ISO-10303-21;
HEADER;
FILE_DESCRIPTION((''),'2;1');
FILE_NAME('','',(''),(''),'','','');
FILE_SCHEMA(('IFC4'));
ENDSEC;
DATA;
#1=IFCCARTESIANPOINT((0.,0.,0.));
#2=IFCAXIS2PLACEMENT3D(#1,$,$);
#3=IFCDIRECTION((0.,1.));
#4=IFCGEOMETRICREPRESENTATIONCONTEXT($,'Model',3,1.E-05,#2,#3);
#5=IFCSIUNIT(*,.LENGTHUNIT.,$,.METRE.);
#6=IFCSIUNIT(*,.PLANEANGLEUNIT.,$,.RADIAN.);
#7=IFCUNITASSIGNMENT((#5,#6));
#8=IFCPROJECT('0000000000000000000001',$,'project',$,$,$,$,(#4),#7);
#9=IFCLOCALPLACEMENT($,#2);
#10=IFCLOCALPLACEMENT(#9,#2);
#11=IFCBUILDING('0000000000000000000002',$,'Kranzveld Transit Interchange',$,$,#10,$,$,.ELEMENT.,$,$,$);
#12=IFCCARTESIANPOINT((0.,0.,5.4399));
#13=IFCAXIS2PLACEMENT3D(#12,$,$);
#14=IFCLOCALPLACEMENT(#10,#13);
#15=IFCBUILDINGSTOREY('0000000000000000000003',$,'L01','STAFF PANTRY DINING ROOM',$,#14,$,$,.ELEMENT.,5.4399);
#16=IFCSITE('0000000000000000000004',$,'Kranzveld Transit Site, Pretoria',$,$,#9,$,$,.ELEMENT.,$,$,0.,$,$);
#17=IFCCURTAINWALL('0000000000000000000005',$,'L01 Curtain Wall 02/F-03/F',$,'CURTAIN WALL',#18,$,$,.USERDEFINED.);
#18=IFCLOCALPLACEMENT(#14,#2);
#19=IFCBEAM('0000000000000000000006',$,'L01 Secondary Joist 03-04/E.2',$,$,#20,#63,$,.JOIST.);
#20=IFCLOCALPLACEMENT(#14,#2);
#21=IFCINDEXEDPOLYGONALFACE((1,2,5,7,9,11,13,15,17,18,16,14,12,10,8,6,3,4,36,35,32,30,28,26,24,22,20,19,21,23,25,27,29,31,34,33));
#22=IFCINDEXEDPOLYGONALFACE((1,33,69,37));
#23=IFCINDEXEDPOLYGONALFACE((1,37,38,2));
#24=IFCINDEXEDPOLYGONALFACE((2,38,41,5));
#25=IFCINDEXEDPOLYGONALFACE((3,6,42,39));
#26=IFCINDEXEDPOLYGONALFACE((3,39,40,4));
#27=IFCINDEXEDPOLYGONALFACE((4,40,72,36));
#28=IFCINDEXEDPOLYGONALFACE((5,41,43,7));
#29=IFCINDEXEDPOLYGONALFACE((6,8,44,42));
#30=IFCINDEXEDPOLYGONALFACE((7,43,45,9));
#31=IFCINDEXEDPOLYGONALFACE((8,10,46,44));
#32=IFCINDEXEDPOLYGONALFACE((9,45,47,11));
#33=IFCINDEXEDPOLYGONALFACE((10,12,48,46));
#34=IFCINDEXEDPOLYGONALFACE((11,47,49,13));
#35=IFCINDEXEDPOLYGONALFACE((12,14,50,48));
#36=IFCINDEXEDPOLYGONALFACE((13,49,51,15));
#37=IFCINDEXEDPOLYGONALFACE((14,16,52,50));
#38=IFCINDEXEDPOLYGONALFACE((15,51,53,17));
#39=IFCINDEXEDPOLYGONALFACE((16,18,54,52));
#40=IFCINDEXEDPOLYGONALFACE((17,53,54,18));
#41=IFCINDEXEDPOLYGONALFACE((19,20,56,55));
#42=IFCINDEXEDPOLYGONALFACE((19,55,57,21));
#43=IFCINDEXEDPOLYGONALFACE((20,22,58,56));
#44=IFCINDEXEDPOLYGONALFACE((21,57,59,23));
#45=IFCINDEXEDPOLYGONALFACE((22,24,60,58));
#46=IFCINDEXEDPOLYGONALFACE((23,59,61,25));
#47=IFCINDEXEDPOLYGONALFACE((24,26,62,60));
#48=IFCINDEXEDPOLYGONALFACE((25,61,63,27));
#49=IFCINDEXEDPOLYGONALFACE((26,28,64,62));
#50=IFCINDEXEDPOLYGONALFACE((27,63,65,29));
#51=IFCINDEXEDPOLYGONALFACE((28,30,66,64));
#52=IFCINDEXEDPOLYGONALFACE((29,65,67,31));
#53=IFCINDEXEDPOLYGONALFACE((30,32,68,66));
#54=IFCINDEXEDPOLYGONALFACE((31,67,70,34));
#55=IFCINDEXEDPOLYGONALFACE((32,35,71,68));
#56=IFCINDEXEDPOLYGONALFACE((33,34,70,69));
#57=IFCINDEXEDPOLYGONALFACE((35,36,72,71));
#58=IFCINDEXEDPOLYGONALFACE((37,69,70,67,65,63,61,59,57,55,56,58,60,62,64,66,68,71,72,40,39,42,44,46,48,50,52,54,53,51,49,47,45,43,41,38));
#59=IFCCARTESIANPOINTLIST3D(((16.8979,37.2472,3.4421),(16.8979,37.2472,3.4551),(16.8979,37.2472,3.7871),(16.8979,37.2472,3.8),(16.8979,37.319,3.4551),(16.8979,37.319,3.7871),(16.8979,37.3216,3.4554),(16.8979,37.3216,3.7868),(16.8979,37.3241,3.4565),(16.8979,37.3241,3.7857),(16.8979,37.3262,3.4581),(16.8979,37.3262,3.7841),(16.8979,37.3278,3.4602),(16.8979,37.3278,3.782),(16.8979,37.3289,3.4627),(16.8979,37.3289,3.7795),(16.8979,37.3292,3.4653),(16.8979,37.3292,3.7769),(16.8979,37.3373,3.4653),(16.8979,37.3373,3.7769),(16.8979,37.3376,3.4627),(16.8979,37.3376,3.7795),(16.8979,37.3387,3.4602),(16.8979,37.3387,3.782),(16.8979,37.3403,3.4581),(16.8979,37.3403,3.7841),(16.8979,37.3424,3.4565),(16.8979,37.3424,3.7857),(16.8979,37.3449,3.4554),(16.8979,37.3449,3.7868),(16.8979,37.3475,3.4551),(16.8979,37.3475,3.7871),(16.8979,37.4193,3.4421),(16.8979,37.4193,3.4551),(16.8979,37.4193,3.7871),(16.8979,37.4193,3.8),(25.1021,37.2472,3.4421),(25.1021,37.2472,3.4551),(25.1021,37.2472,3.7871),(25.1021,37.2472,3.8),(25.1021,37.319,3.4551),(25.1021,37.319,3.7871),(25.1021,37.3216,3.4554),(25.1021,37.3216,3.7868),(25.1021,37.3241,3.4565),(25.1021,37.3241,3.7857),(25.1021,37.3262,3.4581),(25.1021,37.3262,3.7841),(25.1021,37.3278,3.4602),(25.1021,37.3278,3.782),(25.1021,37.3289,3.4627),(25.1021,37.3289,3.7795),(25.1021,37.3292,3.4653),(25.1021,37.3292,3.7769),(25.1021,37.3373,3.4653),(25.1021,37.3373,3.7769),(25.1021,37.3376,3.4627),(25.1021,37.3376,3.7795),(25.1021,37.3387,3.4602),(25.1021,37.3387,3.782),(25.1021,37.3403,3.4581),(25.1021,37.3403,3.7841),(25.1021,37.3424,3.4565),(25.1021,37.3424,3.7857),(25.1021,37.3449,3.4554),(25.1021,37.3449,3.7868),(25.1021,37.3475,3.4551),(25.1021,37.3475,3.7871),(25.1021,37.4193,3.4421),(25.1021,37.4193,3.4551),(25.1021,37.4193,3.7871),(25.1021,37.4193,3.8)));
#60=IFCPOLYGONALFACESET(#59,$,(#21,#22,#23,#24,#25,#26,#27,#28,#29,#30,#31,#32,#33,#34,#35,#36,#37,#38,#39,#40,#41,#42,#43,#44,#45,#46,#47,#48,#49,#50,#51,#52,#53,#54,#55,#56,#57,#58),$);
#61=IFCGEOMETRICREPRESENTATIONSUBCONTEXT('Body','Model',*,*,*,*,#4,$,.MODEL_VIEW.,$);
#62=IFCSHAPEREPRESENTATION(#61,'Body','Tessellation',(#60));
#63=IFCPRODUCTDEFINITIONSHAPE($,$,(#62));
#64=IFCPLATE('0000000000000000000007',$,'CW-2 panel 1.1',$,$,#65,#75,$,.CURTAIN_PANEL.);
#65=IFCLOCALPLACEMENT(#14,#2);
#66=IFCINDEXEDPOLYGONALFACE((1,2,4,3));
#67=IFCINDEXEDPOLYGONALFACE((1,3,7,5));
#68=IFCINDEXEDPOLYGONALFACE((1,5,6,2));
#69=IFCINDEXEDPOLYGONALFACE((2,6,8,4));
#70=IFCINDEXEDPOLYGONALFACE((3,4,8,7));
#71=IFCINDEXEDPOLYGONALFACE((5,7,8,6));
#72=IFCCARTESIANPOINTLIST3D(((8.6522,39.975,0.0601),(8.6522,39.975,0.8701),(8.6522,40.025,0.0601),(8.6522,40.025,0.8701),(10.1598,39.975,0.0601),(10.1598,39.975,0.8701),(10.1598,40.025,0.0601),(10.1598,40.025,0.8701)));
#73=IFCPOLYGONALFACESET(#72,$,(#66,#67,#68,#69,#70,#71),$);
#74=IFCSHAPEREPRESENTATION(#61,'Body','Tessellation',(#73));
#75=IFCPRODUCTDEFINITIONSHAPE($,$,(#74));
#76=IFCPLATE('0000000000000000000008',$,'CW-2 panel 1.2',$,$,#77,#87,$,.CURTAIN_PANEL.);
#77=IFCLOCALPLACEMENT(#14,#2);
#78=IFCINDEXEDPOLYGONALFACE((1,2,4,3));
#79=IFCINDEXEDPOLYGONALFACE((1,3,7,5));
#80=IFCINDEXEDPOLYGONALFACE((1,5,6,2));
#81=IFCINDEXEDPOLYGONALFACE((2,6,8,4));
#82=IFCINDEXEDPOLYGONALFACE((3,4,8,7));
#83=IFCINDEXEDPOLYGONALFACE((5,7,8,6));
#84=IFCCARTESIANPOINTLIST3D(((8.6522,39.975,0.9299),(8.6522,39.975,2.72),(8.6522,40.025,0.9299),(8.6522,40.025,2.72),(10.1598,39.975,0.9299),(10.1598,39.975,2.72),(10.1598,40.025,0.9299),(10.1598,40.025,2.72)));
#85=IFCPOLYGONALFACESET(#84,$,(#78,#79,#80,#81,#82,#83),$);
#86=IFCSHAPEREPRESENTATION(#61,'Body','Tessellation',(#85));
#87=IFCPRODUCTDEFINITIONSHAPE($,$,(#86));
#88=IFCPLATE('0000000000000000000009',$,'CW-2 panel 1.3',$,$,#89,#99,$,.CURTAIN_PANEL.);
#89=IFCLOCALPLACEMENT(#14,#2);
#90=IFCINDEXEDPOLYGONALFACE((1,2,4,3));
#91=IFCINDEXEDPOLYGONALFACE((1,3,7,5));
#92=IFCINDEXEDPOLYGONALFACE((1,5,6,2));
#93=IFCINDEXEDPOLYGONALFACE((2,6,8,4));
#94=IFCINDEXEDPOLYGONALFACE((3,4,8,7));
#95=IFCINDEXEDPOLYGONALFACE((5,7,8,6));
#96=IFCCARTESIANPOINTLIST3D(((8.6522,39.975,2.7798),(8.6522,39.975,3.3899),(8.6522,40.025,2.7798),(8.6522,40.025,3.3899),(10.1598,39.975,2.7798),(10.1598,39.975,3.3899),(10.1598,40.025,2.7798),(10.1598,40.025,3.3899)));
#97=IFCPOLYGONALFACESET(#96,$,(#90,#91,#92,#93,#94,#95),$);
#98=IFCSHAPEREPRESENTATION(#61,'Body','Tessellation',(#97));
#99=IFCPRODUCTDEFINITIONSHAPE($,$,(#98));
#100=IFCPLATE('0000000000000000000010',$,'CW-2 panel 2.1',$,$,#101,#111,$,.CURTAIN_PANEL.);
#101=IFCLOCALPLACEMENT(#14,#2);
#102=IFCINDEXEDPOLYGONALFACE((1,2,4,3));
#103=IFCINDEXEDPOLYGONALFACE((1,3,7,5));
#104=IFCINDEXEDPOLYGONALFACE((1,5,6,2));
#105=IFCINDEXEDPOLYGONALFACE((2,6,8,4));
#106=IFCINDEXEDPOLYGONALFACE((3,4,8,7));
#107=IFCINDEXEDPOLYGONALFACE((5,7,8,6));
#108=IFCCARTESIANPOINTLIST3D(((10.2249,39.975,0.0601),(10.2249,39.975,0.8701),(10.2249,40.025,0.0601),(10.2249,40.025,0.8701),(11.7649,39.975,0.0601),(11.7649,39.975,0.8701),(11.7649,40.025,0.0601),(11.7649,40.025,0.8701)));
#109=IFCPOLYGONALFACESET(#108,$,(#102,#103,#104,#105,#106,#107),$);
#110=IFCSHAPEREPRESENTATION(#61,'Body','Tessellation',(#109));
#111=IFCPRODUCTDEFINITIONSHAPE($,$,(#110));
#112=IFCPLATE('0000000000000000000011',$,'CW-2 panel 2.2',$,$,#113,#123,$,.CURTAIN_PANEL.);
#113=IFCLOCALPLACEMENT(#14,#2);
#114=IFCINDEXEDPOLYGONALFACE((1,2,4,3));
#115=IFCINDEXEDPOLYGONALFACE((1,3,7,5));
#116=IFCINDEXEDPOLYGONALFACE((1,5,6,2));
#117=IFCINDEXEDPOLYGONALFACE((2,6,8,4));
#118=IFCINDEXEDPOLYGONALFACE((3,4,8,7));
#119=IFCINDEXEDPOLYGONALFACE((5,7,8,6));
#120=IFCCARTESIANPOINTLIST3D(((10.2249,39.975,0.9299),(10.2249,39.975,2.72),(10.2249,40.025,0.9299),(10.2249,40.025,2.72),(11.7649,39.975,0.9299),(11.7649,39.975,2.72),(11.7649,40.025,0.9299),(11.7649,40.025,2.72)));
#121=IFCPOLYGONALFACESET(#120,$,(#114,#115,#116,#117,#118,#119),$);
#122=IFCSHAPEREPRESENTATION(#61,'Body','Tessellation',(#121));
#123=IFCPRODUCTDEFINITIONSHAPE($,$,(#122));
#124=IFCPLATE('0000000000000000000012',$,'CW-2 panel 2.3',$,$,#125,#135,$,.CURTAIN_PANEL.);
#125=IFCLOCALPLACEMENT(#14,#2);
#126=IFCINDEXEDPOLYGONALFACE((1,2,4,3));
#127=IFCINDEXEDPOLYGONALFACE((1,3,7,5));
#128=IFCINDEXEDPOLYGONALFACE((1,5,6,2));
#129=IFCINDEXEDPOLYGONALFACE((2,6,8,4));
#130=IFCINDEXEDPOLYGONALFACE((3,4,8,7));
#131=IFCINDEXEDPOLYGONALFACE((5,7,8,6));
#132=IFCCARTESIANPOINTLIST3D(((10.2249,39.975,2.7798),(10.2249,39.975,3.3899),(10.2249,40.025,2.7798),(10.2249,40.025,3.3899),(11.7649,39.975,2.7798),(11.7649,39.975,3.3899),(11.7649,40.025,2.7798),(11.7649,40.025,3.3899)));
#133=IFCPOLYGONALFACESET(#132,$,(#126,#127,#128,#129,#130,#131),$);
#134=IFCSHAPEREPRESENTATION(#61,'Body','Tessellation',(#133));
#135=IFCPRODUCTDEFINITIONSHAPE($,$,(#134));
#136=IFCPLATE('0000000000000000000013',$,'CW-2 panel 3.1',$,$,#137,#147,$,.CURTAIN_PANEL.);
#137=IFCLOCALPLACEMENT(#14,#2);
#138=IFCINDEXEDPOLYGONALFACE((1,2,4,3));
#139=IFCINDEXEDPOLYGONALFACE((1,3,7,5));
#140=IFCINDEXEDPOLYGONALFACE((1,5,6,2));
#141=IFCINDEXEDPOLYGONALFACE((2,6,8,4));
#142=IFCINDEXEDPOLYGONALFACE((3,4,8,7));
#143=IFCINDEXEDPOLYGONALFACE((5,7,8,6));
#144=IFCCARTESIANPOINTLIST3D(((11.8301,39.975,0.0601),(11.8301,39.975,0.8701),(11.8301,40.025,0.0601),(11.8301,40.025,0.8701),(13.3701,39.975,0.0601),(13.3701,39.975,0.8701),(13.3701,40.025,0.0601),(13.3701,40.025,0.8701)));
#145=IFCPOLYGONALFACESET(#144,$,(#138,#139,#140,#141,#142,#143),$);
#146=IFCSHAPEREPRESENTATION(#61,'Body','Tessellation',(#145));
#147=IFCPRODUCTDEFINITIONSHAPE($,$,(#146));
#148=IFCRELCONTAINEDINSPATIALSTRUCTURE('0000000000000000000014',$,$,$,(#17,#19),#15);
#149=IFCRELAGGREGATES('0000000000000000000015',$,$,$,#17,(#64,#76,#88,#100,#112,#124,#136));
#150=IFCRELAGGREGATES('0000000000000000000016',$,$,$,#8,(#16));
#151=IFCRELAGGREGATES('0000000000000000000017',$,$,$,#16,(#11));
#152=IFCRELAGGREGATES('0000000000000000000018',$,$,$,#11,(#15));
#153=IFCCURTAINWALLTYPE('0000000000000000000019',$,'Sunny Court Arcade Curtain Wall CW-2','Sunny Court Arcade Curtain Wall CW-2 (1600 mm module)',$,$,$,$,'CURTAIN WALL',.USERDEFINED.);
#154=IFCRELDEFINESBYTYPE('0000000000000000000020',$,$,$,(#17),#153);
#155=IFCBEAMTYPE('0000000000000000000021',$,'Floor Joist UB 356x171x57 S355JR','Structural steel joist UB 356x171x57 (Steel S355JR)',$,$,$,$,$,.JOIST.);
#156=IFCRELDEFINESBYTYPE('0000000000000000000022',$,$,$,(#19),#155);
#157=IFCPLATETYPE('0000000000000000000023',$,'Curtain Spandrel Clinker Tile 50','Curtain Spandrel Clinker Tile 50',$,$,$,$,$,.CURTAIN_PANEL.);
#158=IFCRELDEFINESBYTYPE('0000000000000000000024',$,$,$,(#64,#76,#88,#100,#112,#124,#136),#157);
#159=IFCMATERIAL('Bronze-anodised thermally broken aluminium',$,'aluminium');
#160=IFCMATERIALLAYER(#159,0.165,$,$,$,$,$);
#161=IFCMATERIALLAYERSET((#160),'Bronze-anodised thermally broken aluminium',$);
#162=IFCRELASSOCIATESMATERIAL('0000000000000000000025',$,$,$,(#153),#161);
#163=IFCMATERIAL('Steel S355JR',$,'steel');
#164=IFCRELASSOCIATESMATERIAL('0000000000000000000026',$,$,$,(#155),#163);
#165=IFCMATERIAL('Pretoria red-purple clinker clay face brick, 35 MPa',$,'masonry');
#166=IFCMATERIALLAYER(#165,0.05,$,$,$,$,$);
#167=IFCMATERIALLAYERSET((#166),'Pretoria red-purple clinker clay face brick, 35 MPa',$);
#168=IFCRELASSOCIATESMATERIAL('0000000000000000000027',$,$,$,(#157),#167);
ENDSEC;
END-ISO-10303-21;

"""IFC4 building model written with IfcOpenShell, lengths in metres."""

from ifc_helpers import new_model, si_unit, direction, frame, origin, origin_2d, place, context, subcontext, project, spatial, rectangle, i_section, extrude, material, layer, layer_set, material_profile, profile_set, type_object, element, aggregate, save


model = new_model("IFC4")

# Units and contexts
model_context = context("Model", 3, precision=1e-05, world=origin(), true_north=direction((0.0, 1.0)))
body_context = subcontext(model_context, "Body", "Model", "MODEL_VIEW")
ifc_project = project(units=[si_unit("LENGTHUNIT", "METRE"), si_unit("PLANEANGLEUNIT", "RADIAN")], contexts=[model_context])

# Site, building, storey
site_placement = place(None, origin())
site = spatial("IfcSite", under=ifc_project, at=site_placement, Name="Kranzveld Transit Site, Pretoria", CompositionType="ELEMENT", RefElevation=0.0)
building_placement = place(site_placement, origin())
building = spatial("IfcBuilding", under=site, at=building_placement, Name="Kranzveld Transit Interchange", CompositionType="ELEMENT")
storey_placement = place(building_placement, frame((0.0, 0.0, 5.4399)))
storey = spatial("IfcBuildingStorey", under=building, at=storey_placement, Name="L01", Description="STAFF PANTRY DINING ROOM", CompositionType="ELEMENT", Elevation=5.4399)

# Curtain wall
ifc_material_1 = material(Name="Bronze-anodised thermally broken aluminium", Category="aluminium")
ifc_layer_1 = layer(ifc_material_1, 0.165)
ifc_layer_set_1 = layer_set([ifc_layer_1], Name="Bronze-anodised thermally broken aluminium")
curtain_wall_type = type_object("IfcCurtainWallType", Name="Sunny Court Arcade Curtain Wall CW-2", Description="Sunny Court Arcade Curtain Wall CW-2 (1600 mm module)", ElementType="CURTAIN WALL", PredefinedType="USERDEFINED", material=ifc_layer_set_1)
curtain_wall_placement = place(storey_placement, origin())
curtain_wall = element("IfcCurtainWall", 1, at=curtain_wall_placement, inside=storey, type_object=curtain_wall_type, Name="L01 Curtain Wall 02/F-03/F", ObjectType="CURTAIN WALL", PredefinedType="USERDEFINED")

# Beam
ifc_material_2 = material(Name="Steel S355JR", Category="steel")
ifc_material_profile_1 = material_profile(ifc_material_2, i_section(OverallWidth=0.1721, OverallDepth=0.3579, WebThickness=0.0081, FlangeThickness=0.0129, FilletRadius=0.0103, at=origin_2d()), Name="UB 356x171x57")
ifc_profile_set_1 = profile_set([ifc_material_profile_1], Name="Steel S355JR")
beam_type_1 = type_object("IfcBeamType", Name="Floor Joist UB 356x171x57 S355JR", Description="Structural steel joist UB 356x171x57 (Steel S355JR)", PredefinedType="JOIST", material=ifc_profile_set_1)
for number, where, z_axis, x_axis, name in (
    (2, (16.8979, 37.3333, 3.6211), (1.0, 0.0, 0.0), (0.0, 1.0, 0.0), "L01 Secondary Joist 03-04/E.2"),
):
    element("IfcBeam", number, at=place(storey_placement, frame(where, z_axis=z_axis, x_axis=x_axis)), inside=storey, type_object=beam_type_1, Name=name, PredefinedType="JOIST", context=body_context, shape_type="SweptSolid", body=[
        extrude(i_section(OverallWidth=0.1721, OverallDepth=0.3579, WebThickness=0.0081, FlangeThickness=0.0129, FilletRadius=0.0103, at=origin_2d()), origin(), (0.0, 0.0, 1.0), 8.2041),
    ])

# Plates
ifc_material_3 = material(Name="Pretoria red-purple clinker clay face brick, 35 MPa", Category="masonry")
ifc_layer_2 = layer(ifc_material_3, 0.05)
ifc_layer_set_2 = layer_set([ifc_layer_2], Name="Pretoria red-purple clinker clay face brick, 35 MPa")
plate_type = type_object("IfcPlateType", Name="Curtain Spandrel Clinker Tile 50", Description="Curtain Spandrel Clinker Tile 50", PredefinedType="CURTAIN_PANEL", material=ifc_layer_set_2)
plate_1_placement = place(storey_placement, frame((9.406, 40.0, 0.0601), z_axis=(0.0, 0.0, 1.0), x_axis=(1.0, 0.0, 0.0)))
plate_1 = element("IfcPlate", 3, at=plate_1_placement, type_object=plate_type, Name="CW-2 panel 1.1", PredefinedType="CURTAIN_PANEL", context=body_context, shape_type="SweptSolid", body=[
    extrude(rectangle(XDim=1.5076, YDim=0.05, at=origin_2d()), origin(), (0.0, 0.0, 1.0), 0.8101),
])
plate_2_placement = place(storey_placement, frame((9.406, 40.0, 0.9299), z_axis=(0.0, 0.0, 1.0), x_axis=(1.0, 0.0, 0.0)))
plate_2 = element("IfcPlate", 4, at=plate_2_placement, type_object=plate_type, Name="CW-2 panel 1.2", PredefinedType="CURTAIN_PANEL", context=body_context, shape_type="SweptSolid", body=[
    extrude(rectangle(XDim=1.5076, YDim=0.05, at=origin_2d()), origin(), (0.0, 0.0, 1.0), 1.79),
])
plate_3_placement = place(storey_placement, frame((9.406, 40.0, 2.7798), z_axis=(0.0, 0.0, 1.0), x_axis=(1.0, 0.0, 0.0)))
plate_3 = element("IfcPlate", 5, at=plate_3_placement, type_object=plate_type, Name="CW-2 panel 1.3", PredefinedType="CURTAIN_PANEL", context=body_context, shape_type="SweptSolid", body=[
    extrude(rectangle(XDim=1.5076, YDim=0.05, at=origin_2d()), origin(), (0.0, 0.0, 1.0), 0.6101),
])
plate_4_placement = place(storey_placement, frame((10.9949, 40.0, 0.0601), z_axis=(0.0, 0.0, 1.0), x_axis=(1.0, 0.0, 0.0)))
plate_4 = element("IfcPlate", 6, at=plate_4_placement, type_object=plate_type, Name="CW-2 panel 2.1", PredefinedType="CURTAIN_PANEL", context=body_context, shape_type="SweptSolid", body=[
    extrude(rectangle(XDim=1.54, YDim=0.05, at=origin_2d()), origin(), (0.0, 0.0, 1.0), 0.8101),
])
plate_5_placement = place(storey_placement, frame((10.9949, 40.0, 0.9299), z_axis=(0.0, 0.0, 1.0), x_axis=(1.0, 0.0, 0.0)))
plate_5 = element("IfcPlate", 7, at=plate_5_placement, type_object=plate_type, Name="CW-2 panel 2.2", PredefinedType="CURTAIN_PANEL", context=body_context, shape_type="SweptSolid", body=[
    extrude(rectangle(XDim=1.54, YDim=0.05, at=origin_2d()), origin(), (0.0, 0.0, 1.0), 1.79),
])
plate_6_placement = place(storey_placement, frame((10.9949, 40.0, 2.7798), z_axis=(0.0, 0.0, 1.0), x_axis=(1.0, 0.0, 0.0)))
plate_6 = element("IfcPlate", 8, at=plate_6_placement, type_object=plate_type, Name="CW-2 panel 2.3", PredefinedType="CURTAIN_PANEL", context=body_context, shape_type="SweptSolid", body=[
    extrude(rectangle(XDim=1.54, YDim=0.05, at=origin_2d()), origin(), (0.0, 0.0, 1.0), 0.6101),
])
plate_7_placement = place(storey_placement, frame((12.6001, 40.0, 0.0601), z_axis=(0.0, 0.0, 1.0), x_axis=(1.0, 0.0, 0.0)))
plate_7 = element("IfcPlate", 9, at=plate_7_placement, type_object=plate_type, Name="CW-2 panel 3.1", PredefinedType="CURTAIN_PANEL", context=body_context, shape_type="SweptSolid", body=[
    extrude(rectangle(XDim=1.54, YDim=0.05, at=origin_2d()), origin(), (0.0, 0.0, 1.0), 0.8101),
])
aggregate(curtain_wall, [plate_1, plate_2, plate_3, plate_4, plate_5, plate_6, plate_7])

save(model, "model.ifc")
